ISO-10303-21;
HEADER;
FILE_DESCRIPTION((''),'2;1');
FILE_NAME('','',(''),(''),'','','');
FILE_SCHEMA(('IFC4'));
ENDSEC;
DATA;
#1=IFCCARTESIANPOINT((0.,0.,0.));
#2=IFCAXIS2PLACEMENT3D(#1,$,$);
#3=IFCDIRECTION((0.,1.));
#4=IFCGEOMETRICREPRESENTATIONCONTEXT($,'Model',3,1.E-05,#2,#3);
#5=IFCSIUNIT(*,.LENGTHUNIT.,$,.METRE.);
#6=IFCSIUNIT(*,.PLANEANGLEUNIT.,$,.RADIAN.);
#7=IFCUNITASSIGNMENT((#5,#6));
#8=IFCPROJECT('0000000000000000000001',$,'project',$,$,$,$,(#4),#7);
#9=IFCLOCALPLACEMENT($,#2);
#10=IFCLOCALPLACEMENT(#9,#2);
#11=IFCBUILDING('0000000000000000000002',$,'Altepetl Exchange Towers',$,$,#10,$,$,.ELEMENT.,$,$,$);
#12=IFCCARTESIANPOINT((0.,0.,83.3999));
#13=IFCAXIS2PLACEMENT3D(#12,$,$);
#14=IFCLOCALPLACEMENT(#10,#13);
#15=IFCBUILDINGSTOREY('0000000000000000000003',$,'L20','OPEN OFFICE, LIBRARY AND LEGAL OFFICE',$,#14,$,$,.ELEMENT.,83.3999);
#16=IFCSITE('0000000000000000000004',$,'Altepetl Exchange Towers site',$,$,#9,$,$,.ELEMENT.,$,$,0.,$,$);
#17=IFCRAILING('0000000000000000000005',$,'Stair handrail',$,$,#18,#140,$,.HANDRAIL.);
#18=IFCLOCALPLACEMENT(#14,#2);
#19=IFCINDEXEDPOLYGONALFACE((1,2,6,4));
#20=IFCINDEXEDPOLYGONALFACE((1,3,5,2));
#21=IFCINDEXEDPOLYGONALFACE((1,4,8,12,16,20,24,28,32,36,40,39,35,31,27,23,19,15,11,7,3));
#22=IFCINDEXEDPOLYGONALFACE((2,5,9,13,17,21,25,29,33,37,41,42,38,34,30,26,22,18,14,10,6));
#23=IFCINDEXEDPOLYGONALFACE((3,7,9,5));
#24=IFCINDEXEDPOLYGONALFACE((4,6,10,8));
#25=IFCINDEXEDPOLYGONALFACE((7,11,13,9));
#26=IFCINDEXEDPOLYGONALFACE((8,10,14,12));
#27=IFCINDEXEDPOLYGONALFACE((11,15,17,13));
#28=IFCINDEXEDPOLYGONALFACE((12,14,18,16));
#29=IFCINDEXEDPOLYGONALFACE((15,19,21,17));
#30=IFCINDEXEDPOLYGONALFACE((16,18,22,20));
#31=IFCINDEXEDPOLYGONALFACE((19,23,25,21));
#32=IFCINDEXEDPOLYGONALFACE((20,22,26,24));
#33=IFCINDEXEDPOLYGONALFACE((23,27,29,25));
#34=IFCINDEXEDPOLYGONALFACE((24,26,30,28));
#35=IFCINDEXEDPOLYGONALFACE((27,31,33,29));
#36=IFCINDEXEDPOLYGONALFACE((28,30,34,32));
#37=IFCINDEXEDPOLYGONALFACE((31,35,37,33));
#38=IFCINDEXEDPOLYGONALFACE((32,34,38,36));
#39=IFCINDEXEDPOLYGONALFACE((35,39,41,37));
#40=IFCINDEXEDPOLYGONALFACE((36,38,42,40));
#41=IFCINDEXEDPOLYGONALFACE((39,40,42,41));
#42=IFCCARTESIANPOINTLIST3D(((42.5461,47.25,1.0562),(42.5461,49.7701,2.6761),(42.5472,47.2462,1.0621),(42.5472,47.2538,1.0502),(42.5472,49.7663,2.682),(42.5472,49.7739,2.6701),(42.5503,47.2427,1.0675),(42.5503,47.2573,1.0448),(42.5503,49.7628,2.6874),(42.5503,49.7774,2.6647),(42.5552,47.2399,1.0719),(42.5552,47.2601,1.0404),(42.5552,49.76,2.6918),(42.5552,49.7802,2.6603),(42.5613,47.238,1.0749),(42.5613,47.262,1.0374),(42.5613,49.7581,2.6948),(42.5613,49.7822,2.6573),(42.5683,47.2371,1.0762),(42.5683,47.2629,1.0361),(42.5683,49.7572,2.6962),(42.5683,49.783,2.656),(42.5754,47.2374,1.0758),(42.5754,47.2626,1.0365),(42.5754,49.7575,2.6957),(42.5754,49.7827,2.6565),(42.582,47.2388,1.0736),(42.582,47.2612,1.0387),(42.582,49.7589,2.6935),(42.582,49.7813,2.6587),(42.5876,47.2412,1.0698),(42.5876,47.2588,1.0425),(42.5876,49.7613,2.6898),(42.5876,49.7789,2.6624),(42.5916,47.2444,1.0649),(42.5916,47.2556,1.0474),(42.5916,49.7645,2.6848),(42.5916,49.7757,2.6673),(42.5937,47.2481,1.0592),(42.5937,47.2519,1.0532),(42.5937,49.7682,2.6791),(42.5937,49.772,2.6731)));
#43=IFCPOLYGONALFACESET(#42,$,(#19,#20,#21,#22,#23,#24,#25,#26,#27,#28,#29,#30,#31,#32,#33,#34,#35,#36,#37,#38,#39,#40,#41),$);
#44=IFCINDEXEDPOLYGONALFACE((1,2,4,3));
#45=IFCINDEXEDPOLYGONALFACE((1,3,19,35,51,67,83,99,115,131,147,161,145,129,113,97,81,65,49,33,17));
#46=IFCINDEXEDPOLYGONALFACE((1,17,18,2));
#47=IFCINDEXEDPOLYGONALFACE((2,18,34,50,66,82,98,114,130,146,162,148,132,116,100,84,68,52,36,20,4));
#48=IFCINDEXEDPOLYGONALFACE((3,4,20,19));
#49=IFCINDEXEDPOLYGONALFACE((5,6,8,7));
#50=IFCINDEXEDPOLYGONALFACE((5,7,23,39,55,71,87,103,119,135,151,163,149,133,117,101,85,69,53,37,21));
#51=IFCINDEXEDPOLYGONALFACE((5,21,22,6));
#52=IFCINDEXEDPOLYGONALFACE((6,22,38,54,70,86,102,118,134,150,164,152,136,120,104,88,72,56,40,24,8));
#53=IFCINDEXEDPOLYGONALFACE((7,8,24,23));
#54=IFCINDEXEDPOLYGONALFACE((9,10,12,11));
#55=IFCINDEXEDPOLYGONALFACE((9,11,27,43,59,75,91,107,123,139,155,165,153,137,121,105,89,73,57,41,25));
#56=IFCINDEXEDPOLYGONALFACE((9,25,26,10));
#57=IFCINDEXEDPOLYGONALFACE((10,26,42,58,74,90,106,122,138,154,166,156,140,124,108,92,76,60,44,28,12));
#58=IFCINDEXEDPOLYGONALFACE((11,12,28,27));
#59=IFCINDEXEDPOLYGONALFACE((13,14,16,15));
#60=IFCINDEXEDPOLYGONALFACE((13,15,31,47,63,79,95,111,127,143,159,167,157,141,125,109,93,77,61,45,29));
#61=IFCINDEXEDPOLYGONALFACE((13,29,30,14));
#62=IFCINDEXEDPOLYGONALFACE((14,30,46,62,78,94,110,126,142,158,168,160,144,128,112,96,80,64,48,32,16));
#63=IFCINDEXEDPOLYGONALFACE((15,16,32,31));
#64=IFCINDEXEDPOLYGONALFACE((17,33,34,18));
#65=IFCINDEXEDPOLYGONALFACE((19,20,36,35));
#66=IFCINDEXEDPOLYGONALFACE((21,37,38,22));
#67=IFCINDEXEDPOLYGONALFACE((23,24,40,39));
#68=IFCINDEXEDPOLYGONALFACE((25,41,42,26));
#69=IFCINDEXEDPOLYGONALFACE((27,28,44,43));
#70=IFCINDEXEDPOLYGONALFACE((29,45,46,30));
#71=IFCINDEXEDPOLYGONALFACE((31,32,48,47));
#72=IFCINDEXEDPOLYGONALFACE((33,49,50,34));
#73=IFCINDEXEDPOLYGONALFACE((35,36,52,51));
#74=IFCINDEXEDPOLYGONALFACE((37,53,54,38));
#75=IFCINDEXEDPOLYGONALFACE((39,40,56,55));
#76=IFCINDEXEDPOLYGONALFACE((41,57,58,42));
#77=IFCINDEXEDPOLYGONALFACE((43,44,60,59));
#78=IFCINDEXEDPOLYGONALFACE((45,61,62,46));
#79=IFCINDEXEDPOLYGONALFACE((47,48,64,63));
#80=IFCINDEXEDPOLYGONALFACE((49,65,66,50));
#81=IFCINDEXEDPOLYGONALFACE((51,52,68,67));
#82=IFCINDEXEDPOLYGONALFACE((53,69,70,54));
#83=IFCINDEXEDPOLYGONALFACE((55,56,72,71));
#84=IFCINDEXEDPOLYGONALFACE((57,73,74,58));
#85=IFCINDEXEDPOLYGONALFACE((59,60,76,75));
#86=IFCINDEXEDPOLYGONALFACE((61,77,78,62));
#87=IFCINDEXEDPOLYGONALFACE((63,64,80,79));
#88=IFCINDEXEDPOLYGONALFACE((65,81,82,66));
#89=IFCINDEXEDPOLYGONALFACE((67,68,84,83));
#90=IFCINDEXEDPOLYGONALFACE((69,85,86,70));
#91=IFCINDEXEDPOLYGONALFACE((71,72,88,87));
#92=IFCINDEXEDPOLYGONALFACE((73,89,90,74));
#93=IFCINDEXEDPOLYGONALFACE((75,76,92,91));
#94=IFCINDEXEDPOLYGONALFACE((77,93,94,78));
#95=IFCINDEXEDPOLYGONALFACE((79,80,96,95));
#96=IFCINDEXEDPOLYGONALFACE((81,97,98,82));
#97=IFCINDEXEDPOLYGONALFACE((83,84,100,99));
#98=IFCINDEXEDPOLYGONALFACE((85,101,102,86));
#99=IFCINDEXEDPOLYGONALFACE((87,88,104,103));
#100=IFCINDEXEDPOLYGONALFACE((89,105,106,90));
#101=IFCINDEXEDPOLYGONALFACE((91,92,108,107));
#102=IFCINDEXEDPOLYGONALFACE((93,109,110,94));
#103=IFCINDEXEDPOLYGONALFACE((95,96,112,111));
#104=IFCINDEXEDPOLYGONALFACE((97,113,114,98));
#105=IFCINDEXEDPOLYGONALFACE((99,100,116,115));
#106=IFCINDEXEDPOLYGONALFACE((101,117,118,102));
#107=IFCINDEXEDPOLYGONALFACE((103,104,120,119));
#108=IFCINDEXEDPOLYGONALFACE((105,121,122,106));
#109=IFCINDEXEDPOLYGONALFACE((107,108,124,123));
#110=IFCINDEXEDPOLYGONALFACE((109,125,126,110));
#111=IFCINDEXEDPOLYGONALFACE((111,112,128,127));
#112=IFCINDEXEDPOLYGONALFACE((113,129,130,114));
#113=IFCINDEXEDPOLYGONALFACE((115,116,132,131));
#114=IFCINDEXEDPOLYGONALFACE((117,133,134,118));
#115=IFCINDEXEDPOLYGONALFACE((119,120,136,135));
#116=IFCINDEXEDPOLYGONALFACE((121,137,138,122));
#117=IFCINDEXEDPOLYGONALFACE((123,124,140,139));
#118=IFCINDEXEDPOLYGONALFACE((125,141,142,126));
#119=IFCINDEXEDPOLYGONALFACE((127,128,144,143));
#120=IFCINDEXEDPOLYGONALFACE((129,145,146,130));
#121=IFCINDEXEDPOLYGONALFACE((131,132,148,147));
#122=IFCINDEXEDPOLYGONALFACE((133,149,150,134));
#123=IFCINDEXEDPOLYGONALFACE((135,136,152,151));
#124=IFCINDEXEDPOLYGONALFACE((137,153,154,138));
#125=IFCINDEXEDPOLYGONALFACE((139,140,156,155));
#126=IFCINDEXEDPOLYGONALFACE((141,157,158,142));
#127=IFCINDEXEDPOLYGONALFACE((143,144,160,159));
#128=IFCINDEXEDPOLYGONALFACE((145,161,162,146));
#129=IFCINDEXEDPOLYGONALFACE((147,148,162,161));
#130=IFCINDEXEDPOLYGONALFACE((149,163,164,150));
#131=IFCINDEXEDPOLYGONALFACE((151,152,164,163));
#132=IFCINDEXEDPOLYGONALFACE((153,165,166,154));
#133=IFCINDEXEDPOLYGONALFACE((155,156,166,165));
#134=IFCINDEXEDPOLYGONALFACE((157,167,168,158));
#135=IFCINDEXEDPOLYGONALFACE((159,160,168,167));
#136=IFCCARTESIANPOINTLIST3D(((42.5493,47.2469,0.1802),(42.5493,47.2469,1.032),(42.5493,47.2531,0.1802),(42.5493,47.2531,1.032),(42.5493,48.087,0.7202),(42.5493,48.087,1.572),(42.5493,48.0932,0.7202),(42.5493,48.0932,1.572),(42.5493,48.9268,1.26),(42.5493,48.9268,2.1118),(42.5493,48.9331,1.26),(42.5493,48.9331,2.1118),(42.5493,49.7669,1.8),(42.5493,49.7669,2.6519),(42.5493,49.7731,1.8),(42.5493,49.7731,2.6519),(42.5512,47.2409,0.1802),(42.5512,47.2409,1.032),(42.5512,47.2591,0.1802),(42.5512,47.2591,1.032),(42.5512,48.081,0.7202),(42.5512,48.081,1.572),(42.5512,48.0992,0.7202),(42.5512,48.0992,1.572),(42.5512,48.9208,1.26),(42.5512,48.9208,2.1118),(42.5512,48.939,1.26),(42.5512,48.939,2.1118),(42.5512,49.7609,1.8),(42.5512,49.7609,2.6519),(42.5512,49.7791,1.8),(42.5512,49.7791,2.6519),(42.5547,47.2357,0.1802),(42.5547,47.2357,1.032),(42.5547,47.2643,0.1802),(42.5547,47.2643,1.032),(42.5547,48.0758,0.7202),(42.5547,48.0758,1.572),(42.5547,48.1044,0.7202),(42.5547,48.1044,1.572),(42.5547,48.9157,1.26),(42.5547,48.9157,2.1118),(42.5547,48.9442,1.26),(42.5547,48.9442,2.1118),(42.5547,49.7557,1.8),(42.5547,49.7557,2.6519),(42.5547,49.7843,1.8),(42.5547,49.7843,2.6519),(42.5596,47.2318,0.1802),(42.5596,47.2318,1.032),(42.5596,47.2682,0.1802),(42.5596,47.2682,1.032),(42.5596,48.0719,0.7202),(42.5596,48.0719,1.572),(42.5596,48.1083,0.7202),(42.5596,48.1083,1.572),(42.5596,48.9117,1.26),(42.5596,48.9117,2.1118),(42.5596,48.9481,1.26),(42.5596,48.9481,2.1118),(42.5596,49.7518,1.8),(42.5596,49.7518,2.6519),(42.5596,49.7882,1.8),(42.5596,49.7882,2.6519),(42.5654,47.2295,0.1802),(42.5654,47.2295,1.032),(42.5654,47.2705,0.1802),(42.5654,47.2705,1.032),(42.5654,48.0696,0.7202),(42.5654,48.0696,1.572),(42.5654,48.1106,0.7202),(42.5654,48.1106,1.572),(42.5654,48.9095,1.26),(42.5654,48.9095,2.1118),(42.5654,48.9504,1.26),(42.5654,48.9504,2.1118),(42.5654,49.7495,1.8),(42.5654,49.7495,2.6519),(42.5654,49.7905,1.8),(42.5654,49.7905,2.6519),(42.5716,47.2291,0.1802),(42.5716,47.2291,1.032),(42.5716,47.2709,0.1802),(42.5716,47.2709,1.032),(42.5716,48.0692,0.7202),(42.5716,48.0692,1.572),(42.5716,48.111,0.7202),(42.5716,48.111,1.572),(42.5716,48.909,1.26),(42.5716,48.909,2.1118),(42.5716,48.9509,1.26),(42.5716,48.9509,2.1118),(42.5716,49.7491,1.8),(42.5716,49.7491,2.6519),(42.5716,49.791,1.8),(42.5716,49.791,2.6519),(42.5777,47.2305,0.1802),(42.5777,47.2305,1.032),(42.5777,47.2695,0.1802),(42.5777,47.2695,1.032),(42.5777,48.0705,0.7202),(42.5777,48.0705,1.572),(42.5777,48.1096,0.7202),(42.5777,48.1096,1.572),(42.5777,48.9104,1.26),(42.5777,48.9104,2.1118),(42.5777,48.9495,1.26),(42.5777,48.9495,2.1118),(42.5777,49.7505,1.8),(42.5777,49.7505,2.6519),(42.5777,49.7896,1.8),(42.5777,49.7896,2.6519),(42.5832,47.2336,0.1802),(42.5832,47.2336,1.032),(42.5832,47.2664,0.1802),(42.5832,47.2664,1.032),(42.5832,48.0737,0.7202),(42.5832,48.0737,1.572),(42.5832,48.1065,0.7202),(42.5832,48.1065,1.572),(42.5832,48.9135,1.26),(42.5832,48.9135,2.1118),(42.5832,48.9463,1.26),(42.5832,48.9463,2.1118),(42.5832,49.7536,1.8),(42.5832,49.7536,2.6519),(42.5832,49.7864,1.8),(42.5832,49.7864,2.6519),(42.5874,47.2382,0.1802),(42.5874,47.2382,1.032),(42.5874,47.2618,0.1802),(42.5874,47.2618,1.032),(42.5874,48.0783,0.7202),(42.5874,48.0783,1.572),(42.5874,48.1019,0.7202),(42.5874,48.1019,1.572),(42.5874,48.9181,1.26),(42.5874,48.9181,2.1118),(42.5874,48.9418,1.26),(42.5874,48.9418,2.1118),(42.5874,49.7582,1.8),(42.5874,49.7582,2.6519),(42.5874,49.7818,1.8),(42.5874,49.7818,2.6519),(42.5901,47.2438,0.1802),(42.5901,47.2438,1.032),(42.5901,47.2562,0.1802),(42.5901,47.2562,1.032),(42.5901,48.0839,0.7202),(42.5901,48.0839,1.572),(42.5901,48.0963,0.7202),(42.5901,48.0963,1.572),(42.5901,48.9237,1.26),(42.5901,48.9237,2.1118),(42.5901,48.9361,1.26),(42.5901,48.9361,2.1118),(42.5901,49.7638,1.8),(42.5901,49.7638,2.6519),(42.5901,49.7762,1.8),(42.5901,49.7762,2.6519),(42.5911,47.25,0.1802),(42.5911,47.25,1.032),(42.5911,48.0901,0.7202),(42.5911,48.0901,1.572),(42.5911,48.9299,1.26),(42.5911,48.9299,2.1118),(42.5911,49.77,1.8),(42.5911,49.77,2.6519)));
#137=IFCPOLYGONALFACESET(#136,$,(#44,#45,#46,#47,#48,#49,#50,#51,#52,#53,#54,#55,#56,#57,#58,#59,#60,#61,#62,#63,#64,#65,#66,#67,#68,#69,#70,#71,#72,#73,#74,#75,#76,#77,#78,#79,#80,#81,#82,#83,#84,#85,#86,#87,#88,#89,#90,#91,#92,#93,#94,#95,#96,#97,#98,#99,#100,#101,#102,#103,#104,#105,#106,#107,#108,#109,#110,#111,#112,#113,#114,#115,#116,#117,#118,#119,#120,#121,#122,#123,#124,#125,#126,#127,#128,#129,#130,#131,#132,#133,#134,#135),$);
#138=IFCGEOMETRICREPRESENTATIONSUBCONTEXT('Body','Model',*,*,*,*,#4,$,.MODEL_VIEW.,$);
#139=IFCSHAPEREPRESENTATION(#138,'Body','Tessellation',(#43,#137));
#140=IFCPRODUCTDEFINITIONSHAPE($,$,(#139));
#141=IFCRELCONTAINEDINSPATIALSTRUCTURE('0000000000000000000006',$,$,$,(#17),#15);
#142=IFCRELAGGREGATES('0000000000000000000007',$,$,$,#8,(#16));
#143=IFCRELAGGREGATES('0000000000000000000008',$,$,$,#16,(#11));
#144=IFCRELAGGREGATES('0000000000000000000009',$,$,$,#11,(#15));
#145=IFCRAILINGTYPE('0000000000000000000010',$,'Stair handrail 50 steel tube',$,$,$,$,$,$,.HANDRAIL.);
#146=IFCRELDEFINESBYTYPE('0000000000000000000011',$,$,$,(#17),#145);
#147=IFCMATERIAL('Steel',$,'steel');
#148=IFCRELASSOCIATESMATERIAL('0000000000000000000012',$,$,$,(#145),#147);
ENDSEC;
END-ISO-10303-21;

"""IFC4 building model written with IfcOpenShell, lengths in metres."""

from ifc_helpers import new_model, si_unit, direction, frame, origin, origin_2d, place, context, subcontext, project, spatial, circle, extrude, source, transform, mapped, material, type_object, element, save


model = new_model("IFC4")

# Units and contexts
model_context = context("Model", 3, precision=1e-05, world=origin(), true_north=direction((0.0, 1.0)))
body_context = subcontext(model_context, "Body", "Model", "MODEL_VIEW")
ifc_project = project(units=[si_unit("LENGTHUNIT", "METRE"), si_unit("PLANEANGLEUNIT", "RADIAN")], contexts=[model_context])

# Site, building, storey
site_placement = place(None, origin())
site = spatial("IfcSite", under=ifc_project, at=site_placement, Name="Altepetl Exchange Towers site", CompositionType="ELEMENT", RefElevation=0.0)
building_placement = place(site_placement, origin())
building = spatial("IfcBuilding", under=site, at=building_placement, Name="Altepetl Exchange Towers", CompositionType="ELEMENT")
storey_placement = place(building_placement, frame((0.0, 0.0, 83.3999)))
storey = spatial("IfcBuildingStorey", under=building, at=storey_placement, Name="L20", Description="OPEN OFFICE, LIBRARY AND LEGAL OFFICE", CompositionType="ELEMENT", Elevation=83.3999)

# Railing
ifc_material_1 = material(Name="Steel", Category="steel")
railing_type = type_object("IfcRailingType", Name="Stair handrail 50 steel tube", PredefinedType="HANDRAIL", material=ifc_material_1)
shared_shape = source(origin(), body_context, "Body", "SweptSolid", [
    extrude(circle(Radius=0.021, at=origin_2d()), origin(), (0.0, 0.0, 1.0), 0.8518),
])
railing_placement = place(storey_placement, frame((42.5701, 47.25, 0.1802)))
element("IfcRailing", 1, at=railing_placement, inside=storey, type_object=railing_type, Name="Stair handrail", PredefinedType="HANDRAIL", context=body_context, shape_type="SweptSolid", body=[
    extrude(circle(Radius=0.0239, at=origin_2d()), frame((0.0, 0.0, 0.876), z_axis=(0.0, 0.8412, 0.540725), x_axis=(-1.0, 0.0, 0.0)), (0.0, 0.0, 1.0), 2.9958),
    mapped(shared_shape, transform((0.0, 0.0, 0.0))),
    mapped(shared_shape, transform((0.0, 0.8401, 0.54))),
    mapped(shared_shape, transform((0.0, 1.6799, 1.0798))),
    mapped(shared_shape, transform((0.0, 2.52, 1.6199))),
])

save(model, "model.ifc")
